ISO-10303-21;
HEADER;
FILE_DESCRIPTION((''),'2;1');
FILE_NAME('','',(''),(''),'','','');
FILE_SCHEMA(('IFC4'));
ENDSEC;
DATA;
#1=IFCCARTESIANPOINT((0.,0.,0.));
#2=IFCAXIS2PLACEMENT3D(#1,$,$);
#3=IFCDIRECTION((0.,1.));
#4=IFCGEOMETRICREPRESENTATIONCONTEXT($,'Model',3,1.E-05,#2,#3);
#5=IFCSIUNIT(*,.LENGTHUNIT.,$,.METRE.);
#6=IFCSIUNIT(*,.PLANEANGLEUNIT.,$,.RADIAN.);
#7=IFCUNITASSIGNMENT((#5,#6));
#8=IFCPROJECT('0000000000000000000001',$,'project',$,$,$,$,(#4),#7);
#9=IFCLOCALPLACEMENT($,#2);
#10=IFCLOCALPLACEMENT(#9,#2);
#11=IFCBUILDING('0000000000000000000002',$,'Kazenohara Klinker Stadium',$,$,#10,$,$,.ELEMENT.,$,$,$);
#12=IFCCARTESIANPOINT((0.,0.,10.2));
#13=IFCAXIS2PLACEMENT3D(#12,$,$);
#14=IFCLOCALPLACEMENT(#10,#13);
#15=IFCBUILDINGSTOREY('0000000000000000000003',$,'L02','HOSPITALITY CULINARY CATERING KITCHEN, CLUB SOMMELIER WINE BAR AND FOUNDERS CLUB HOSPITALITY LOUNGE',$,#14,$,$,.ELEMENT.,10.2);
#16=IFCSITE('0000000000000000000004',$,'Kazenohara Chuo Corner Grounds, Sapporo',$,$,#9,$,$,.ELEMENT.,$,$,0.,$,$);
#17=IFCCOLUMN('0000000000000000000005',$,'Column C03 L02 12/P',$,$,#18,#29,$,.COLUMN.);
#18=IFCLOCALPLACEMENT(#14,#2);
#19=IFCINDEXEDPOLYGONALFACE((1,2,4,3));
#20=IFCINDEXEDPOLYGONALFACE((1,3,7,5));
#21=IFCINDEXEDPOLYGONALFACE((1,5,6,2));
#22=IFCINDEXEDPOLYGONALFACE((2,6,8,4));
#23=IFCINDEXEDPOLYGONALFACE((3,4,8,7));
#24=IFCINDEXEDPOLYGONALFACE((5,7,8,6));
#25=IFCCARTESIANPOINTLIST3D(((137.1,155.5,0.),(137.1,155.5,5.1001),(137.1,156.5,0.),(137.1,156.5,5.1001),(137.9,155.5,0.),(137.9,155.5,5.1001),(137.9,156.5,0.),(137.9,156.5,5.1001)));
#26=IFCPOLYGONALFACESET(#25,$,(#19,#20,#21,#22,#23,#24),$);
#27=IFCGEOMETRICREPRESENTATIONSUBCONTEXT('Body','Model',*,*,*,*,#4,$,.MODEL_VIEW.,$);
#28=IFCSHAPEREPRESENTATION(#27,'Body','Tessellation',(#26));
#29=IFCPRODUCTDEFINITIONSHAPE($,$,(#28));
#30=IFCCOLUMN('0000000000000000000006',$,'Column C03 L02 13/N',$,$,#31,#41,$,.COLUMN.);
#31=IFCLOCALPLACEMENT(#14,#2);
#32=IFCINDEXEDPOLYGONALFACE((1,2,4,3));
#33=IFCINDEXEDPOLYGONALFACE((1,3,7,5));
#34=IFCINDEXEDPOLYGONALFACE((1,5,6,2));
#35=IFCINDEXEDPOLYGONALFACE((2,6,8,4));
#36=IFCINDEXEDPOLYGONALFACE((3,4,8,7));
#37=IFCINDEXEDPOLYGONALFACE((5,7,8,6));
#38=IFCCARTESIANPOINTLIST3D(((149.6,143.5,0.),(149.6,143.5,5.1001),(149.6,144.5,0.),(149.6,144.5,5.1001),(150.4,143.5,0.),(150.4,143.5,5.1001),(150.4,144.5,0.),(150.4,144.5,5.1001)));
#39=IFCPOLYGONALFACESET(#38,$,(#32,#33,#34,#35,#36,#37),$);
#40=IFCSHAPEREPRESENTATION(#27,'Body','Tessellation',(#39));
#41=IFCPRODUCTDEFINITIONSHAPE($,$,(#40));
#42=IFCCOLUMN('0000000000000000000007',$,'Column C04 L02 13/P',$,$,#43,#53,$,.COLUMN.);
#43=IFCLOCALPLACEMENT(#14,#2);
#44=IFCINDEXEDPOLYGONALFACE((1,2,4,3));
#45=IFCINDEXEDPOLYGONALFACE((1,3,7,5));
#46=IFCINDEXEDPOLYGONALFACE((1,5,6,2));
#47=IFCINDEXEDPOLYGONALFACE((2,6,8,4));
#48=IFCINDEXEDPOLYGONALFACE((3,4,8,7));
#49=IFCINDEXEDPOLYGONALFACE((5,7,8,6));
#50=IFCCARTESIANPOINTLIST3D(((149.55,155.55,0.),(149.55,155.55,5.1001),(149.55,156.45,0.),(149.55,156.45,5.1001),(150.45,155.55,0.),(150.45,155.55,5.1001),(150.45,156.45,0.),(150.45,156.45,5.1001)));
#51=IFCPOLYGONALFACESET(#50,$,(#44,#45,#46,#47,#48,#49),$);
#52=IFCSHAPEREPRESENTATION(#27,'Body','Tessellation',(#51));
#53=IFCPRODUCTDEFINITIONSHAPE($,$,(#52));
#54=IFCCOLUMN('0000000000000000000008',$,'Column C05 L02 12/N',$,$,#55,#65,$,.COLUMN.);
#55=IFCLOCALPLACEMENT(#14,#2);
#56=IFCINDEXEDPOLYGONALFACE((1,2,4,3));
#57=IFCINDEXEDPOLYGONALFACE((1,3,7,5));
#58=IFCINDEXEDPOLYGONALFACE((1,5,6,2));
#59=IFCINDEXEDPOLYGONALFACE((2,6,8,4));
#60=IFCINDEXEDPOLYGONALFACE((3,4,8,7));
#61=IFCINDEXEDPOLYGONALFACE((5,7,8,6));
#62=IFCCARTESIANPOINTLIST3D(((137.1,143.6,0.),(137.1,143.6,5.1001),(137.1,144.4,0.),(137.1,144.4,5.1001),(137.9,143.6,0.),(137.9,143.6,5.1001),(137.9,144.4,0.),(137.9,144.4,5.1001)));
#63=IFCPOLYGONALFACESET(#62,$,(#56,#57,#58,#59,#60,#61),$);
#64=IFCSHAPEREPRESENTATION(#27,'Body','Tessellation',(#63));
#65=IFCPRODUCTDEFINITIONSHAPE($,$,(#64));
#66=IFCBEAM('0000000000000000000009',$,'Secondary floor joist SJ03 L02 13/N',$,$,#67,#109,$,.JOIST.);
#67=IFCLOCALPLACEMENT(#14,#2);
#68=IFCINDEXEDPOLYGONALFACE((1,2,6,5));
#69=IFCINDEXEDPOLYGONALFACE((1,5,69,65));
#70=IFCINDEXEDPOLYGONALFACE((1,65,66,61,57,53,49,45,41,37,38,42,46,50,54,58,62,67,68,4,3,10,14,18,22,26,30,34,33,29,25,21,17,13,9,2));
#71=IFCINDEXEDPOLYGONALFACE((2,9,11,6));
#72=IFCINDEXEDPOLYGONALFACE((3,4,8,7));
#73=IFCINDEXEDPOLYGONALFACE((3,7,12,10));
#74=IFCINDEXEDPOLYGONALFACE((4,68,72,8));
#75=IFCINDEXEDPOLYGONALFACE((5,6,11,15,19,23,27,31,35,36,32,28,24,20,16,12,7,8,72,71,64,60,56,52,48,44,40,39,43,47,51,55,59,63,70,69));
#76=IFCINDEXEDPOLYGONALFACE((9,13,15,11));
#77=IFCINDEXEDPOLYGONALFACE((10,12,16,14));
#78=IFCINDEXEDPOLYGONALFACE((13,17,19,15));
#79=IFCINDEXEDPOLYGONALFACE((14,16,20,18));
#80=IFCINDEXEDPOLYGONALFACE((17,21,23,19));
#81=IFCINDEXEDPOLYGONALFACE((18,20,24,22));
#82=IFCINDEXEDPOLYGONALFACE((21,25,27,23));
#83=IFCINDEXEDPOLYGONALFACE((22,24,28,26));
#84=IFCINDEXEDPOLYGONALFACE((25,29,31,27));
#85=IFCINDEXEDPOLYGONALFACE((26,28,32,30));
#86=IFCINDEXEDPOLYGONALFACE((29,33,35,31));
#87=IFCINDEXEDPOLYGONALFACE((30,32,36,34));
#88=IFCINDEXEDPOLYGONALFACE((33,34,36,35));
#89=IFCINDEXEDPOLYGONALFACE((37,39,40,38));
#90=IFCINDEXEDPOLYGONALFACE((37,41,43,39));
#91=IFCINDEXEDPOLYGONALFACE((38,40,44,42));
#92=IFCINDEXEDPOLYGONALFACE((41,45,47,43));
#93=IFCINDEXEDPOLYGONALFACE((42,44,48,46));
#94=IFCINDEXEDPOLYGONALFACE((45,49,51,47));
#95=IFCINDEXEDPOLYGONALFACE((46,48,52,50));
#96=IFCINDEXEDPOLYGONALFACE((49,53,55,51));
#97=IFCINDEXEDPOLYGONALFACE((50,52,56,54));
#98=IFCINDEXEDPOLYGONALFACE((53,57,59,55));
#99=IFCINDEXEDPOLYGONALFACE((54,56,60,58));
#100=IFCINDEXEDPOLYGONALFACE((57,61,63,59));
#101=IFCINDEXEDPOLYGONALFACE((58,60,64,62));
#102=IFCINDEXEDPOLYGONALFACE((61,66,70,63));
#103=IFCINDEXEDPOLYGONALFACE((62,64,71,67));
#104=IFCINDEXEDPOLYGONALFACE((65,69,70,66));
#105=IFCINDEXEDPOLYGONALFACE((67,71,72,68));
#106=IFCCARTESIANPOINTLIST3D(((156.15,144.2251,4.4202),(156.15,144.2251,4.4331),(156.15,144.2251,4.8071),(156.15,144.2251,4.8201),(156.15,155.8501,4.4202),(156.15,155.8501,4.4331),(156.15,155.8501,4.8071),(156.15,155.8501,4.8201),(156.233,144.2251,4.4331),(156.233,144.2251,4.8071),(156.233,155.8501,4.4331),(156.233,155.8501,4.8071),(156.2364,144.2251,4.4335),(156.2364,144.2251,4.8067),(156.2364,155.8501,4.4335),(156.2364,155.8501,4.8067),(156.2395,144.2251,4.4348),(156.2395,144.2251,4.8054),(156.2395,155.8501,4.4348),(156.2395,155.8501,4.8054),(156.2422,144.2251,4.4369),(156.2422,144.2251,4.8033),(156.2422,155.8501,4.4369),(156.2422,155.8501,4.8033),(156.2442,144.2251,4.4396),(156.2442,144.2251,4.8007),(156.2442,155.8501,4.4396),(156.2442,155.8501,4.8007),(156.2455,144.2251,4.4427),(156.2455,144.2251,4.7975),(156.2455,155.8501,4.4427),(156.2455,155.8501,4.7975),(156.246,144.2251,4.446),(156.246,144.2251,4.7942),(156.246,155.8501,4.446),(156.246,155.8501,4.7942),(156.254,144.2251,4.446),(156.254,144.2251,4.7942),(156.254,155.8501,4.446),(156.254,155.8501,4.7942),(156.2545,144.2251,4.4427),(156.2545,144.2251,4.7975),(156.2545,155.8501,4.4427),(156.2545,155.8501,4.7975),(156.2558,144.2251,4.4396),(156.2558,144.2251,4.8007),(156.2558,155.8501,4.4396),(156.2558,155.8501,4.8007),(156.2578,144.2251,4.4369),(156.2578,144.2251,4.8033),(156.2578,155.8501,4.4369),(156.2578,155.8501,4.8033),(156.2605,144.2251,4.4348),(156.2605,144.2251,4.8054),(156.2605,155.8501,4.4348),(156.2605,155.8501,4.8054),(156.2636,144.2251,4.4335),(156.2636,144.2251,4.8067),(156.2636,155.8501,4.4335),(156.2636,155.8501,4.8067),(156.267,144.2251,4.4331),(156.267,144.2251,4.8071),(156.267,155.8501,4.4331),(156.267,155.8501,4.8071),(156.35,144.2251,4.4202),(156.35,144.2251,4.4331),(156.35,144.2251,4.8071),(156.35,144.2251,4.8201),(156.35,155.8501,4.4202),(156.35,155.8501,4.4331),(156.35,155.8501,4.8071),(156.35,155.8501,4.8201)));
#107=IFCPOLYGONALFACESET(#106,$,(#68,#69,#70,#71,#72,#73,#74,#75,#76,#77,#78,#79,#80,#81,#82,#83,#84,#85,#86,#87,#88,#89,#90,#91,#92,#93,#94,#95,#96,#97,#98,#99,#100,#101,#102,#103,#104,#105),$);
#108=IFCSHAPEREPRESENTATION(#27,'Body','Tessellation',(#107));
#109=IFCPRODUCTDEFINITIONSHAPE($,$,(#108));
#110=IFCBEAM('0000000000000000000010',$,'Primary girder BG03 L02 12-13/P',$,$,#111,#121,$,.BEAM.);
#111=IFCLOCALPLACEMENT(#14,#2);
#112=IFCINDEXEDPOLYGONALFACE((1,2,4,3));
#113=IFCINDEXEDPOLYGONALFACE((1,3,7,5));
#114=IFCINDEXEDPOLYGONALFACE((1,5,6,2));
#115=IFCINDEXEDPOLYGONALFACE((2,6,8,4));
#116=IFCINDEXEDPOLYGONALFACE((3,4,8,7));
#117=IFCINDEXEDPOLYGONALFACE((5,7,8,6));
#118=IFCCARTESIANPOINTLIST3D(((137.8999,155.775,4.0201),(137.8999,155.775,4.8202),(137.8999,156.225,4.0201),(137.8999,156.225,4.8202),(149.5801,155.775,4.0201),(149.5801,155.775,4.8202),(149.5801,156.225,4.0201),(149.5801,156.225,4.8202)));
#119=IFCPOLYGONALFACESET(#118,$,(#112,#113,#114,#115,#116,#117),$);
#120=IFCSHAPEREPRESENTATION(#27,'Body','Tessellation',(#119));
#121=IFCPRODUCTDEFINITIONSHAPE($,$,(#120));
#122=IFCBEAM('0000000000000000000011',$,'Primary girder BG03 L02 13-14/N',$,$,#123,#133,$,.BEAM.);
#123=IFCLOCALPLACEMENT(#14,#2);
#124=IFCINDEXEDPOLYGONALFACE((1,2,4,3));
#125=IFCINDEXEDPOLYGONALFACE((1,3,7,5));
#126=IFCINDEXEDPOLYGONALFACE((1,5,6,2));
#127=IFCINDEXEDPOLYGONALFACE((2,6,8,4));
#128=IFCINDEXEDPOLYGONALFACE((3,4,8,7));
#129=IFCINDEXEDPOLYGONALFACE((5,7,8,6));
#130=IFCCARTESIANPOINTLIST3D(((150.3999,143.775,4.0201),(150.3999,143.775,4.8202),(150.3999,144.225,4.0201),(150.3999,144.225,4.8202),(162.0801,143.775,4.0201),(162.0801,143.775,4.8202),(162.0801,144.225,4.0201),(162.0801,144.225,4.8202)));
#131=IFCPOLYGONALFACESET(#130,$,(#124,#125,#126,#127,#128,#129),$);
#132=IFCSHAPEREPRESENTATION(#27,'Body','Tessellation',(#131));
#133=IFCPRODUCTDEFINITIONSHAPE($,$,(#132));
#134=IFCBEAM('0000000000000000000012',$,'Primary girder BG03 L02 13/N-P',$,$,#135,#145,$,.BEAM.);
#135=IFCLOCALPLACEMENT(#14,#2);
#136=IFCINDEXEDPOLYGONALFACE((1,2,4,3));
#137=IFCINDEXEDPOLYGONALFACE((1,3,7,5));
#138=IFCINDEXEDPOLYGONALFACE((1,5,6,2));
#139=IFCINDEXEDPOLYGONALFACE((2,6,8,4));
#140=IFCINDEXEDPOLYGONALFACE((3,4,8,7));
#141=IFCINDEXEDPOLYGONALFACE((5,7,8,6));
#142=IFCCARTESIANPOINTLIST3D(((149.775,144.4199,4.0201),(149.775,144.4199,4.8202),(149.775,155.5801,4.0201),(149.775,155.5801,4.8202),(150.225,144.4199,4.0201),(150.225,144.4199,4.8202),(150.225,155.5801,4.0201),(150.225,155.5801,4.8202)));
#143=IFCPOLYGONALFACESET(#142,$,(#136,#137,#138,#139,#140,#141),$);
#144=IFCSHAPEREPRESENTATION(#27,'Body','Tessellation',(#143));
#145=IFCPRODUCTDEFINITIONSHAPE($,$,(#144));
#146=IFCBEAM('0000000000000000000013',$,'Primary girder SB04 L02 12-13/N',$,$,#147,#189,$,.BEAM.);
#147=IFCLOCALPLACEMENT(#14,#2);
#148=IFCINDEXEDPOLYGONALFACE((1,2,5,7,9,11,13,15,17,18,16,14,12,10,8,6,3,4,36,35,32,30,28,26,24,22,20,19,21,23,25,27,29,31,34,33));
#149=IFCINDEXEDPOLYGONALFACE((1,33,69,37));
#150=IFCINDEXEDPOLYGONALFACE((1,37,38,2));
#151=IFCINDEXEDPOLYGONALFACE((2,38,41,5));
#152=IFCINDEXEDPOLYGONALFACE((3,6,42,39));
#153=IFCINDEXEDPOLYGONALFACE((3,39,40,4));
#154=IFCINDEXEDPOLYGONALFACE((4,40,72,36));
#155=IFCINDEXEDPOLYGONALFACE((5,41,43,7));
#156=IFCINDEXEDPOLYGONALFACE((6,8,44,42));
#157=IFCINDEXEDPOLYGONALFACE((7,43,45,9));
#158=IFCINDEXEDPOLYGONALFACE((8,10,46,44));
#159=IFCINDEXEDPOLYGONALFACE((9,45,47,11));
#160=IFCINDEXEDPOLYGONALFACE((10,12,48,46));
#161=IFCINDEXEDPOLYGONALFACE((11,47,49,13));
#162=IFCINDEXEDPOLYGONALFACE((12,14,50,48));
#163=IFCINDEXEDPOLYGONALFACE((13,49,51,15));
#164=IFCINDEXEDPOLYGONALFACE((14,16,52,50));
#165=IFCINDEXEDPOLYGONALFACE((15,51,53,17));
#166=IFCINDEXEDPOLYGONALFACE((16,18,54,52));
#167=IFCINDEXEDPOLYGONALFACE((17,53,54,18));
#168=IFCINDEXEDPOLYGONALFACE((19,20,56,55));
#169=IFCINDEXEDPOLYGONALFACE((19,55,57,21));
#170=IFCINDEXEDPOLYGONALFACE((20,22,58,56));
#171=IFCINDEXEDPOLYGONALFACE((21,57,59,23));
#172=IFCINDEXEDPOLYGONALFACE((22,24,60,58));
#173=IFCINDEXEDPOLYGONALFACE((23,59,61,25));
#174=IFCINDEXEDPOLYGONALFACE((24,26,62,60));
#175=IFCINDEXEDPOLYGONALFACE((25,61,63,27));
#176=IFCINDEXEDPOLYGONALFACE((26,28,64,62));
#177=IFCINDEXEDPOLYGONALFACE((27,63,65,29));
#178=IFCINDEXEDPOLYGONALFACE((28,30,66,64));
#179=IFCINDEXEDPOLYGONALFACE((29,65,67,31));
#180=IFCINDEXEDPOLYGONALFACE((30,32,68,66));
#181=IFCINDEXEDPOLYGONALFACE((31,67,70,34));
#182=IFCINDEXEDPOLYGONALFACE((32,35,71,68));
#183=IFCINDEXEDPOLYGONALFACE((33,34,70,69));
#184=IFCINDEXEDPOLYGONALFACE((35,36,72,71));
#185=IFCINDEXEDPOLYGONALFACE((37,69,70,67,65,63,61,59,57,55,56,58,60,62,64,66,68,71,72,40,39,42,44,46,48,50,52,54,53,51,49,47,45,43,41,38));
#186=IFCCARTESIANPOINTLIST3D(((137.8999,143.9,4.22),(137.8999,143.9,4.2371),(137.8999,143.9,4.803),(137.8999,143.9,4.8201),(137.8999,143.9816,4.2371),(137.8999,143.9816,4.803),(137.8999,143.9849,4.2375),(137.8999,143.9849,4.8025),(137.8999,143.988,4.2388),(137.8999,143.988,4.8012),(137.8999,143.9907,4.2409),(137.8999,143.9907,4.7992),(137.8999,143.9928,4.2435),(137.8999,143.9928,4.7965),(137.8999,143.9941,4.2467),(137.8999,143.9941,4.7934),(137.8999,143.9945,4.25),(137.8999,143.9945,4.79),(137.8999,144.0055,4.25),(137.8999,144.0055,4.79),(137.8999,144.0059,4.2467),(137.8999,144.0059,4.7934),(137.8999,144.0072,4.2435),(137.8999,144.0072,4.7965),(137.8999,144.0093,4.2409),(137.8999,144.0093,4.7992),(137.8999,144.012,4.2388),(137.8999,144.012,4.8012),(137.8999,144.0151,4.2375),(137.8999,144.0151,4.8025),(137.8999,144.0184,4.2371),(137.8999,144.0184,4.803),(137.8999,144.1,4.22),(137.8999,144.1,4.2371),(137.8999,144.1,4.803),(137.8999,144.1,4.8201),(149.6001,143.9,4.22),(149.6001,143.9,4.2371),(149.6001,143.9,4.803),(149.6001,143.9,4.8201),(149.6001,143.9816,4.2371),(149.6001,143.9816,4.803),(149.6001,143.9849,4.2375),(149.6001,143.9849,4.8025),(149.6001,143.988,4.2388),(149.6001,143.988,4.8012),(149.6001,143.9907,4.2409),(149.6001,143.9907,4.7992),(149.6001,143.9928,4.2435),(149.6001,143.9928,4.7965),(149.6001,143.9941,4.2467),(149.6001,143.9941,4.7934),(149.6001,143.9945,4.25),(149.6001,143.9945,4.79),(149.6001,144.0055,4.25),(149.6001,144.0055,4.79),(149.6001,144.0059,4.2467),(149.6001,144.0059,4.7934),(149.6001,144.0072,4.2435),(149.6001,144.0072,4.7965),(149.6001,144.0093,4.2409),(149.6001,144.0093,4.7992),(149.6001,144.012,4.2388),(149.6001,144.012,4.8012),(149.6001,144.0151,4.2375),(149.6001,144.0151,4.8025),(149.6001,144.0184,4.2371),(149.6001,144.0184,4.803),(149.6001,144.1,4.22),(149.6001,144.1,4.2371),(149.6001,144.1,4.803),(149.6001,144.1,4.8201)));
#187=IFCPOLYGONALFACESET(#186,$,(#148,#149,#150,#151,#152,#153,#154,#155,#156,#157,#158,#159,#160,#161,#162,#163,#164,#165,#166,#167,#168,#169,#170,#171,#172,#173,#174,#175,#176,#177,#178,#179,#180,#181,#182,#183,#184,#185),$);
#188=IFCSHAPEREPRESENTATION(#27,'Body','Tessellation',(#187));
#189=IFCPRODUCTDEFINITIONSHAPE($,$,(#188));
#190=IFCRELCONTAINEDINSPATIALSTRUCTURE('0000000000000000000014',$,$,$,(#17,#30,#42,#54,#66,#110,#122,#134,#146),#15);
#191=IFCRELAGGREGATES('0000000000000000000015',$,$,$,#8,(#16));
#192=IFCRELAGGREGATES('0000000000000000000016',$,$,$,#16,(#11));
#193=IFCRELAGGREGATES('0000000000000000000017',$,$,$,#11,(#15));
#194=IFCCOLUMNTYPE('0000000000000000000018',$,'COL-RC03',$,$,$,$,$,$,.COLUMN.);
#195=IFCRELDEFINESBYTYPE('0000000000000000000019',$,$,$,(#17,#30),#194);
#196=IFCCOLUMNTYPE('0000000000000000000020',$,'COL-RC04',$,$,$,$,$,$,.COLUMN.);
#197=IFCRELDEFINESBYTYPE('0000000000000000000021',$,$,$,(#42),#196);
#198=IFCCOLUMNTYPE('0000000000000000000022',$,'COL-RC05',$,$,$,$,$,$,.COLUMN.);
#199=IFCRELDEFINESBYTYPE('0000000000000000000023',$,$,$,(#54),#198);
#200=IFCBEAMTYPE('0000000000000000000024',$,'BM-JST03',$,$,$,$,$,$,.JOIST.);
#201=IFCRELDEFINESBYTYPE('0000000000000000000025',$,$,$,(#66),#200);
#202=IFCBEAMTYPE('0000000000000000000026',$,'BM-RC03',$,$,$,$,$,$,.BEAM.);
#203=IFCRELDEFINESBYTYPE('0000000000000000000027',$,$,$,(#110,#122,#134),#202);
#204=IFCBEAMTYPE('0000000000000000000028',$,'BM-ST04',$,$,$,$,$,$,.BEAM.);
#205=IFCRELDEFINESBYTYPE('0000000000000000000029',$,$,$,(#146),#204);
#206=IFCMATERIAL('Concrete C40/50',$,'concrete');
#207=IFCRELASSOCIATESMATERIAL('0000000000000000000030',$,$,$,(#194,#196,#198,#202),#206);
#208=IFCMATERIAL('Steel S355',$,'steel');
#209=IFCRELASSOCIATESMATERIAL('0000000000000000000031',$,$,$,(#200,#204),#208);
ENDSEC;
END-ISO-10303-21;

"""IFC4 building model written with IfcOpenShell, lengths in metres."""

from ifc_helpers import new_model, si_unit, direction, frame, origin, origin_2d, place, context, subcontext, project, spatial, rectangle, i_section, extrude, material, material_profile, profile_set, type_object, element, save


model = new_model("IFC4")

# Units and contexts
model_context = context("Model", 3, precision=1e-05, world=origin(), true_north=direction((0.0, 1.0)))
body_context = subcontext(model_context, "Body", "Model", "MODEL_VIEW")
ifc_project = project(units=[si_unit("LENGTHUNIT", "METRE"), si_unit("PLANEANGLEUNIT", "RADIAN")], contexts=[model_context])

# Site, building, storey
site_placement = place(None, origin())
site = spatial("IfcSite", under=ifc_project, at=site_placement, Name="Kazenohara Chuo Corner Grounds, Sapporo", CompositionType="ELEMENT", RefElevation=0.0)
building_placement = place(site_placement, origin())
building = spatial("IfcBuilding", under=site, at=building_placement, Name="Kazenohara Klinker Stadium", CompositionType="ELEMENT")
storey_placement = place(building_placement, frame((0.0, 0.0, 10.2)))
storey = spatial("IfcBuildingStorey", under=building, at=storey_placement, Name="L02", Description="HOSPITALITY CULINARY CATERING KITCHEN, CLUB SOMMELIER WINE BAR AND FOUNDERS CLUB HOSPITALITY LOUNGE", CompositionType="ELEMENT", Elevation=10.2)

# Columns
ifc_material_1 = material(Name="Concrete C40/50", Category="concrete")
ifc_material_profile_1 = material_profile(ifc_material_1, rectangle(XDim=0.8, YDim=1.0, at=origin_2d()), Name="RC-COL-1000x800")
ifc_profile_set_1 = profile_set([ifc_material_profile_1], Name="Concrete C40/50")
column_type_1 = type_object("IfcColumnType", Name="COL-RC03", PredefinedType="COLUMN", material=ifc_profile_set_1)
for number, where, z_axis, x_axis, name in (
    (1, (137.5, 156.0, 0.0), (0.0, 0.0, 1.0), (1.0, 0.0, 0.0), "Column C03 L02 12/P"),
    (2, (150.0, 144.0, 0.0), (0.0, 0.0, 1.0), (1.0, 0.0, 0.0), "Column C03 L02 13/N"),
):
    element("IfcColumn", number, at=place(storey_placement, frame(where, z_axis=z_axis, x_axis=x_axis)), inside=storey, type_object=column_type_1, Name=name, PredefinedType="COLUMN", context=body_context, shape_type="SweptSolid", body=[
        extrude(rectangle(XDim=0.8, YDim=1.0, at=origin_2d()), origin(), (0.0, 0.0, 1.0), 5.1001),
    ])
ifc_material_profile_2 = material_profile(ifc_material_1, rectangle(XDim=0.8999, YDim=0.8999, at=origin_2d()), Name="RC-COL-900x900")
ifc_profile_set_2 = profile_set([ifc_material_profile_2], Name="Concrete C40/50")
column_type_2 = type_object("IfcColumnType", Name="COL-RC04", PredefinedType="COLUMN", material=ifc_profile_set_2)
column_1_placement = place(storey_placement, frame((150.0, 156.0, 0.0), z_axis=(0.0, 0.0, 1.0), x_axis=(1.0, 0.0, 0.0)))
element("IfcColumn", 3, at=column_1_placement, inside=storey, type_object=column_type_2, Name="Column C04 L02 13/P", PredefinedType="COLUMN", context=body_context, shape_type="SweptSolid", body=[
    extrude(rectangle(XDim=0.8999, YDim=0.8999, at=origin_2d()), origin(), (0.0, 0.0, 1.0), 5.1001),
])
ifc_material_profile_3 = material_profile(ifc_material_1, rectangle(XDim=0.8, YDim=0.8, at=origin_2d()), Name="RC-COL-800x800")
ifc_profile_set_3 = profile_set([ifc_material_profile_3], Name="Concrete C40/50")
column_type_3 = type_object("IfcColumnType", Name="COL-RC05", PredefinedType="COLUMN", material=ifc_profile_set_3)
column_2_placement = place(storey_placement, frame((137.5, 144.0, 0.0), z_axis=(0.0, 0.0, 1.0), x_axis=(1.0, 0.0, 0.0)))
element("IfcColumn", 4, at=column_2_placement, inside=storey, type_object=column_type_3, Name="Column C05 L02 12/N", PredefinedType="COLUMN", context=body_context, shape_type="SweptSolid", body=[
    extrude(rectangle(XDim=0.8, YDim=0.8, at=origin_2d()), origin(), (0.0, 0.0, 1.0), 5.1001),
])

# Beams
ifc_material_2 = material(Name="Steel S355", Category="steel")
ifc_material_profile_4 = material_profile(ifc_material_2, i_section(OverallWidth=0.2, OverallDepth=0.3999, WebThickness=0.0081, FlangeThickness=0.0129, FilletRadius=0.0129, at=origin_2d()), Name="H-400x200x8x13")
ifc_profile_set_4 = profile_set([ifc_material_profile_4], Name="Steel S355")
beam_type_1 = type_object("IfcBeamType", Name="BM-JST03", PredefinedType="JOIST", material=ifc_profile_set_4)
beam_1_placement = place(storey_placement, frame((156.25, 144.2251, 4.6201), z_axis=(0.0, 1.0, 0.0), x_axis=(-1.0, 0.0, 0.0)))
element("IfcBeam", 5, at=beam_1_placement, inside=storey, type_object=beam_type_1, Name="Secondary floor joist SJ03 L02 13/N", PredefinedType="JOIST", context=body_context, shape_type="SweptSolid", body=[
    extrude(i_section(OverallWidth=0.2, OverallDepth=0.3999, WebThickness=0.0081, FlangeThickness=0.0129, FilletRadius=0.0129, at=origin_2d()), origin(), (0.0, 0.0, 1.0), 11.625),
])
ifc_material_profile_5 = material_profile(ifc_material_1, rectangle(XDim=0.45, YDim=0.8, at=origin_2d()), Name="RC-BM-450x800")
ifc_profile_set_5 = profile_set([ifc_material_profile_5], Name="Concrete C40/50")
beam_type_2 = type_object("IfcBeamType", Name="BM-RC03", PredefinedType="BEAM", material=ifc_profile_set_5)
for number, where, z_axis, x_axis, name in (
    (6, (137.8999, 156.0, 4.4202), (1.0, 0.0, 0.0), (0.0, 1.0, 0.0), "Primary girder BG03 L02 12-13/P"),
    (7, (150.3999, 144.0, 4.4202), (1.0, 0.0, 0.0), (0.0, 1.0, 0.0), "Primary girder BG03 L02 13-14/N"),
):
    element("IfcBeam", number, at=place(storey_placement, frame(where, z_axis=z_axis, x_axis=x_axis)), inside=storey, type_object=beam_type_2, Name=name, PredefinedType="BEAM", context=body_context, shape_type="SweptSolid", body=[
        extrude(rectangle(XDim=0.45, YDim=0.8, at=origin_2d()), origin(), (0.0, 0.0, 1.0), 11.6802),
    ])
beam_2_placement = place(storey_placement, frame((150.0, 144.4199, 4.4202), z_axis=(0.0, 1.0, 0.0), x_axis=(-1.0, 0.0, 0.0)))
element("IfcBeam", 8, at=beam_2_placement, inside=storey, type_object=beam_type_2, Name="Primary girder BG03 L02 13/N-P", PredefinedType="BEAM", context=body_context, shape_type="SweptSolid", body=[
    extrude(rectangle(XDim=0.45, YDim=0.8, at=origin_2d()), origin(), (0.0, 0.0, 1.0), 11.1602),
])
ifc_material_profile_6 = material_profile(ifc_material_2, i_section(OverallWidth=0.2, OverallDepth=0.6001, WebThickness=0.011, FlangeThickness=0.0171, FilletRadius=0.0129, at=origin_2d()), Name="H-600x200x11x17")
ifc_profile_set_6 = profile_set([ifc_material_profile_6], Name="Steel S355")
beam_type_3 = type_object("IfcBeamType", Name="BM-ST04", PredefinedType="BEAM", material=ifc_profile_set_6)
beam_3_placement = place(storey_placement, frame((137.8999, 144.0, 4.52), z_axis=(1.0, 0.0, 0.0), x_axis=(0.0, 1.0, 0.0)))
element("IfcBeam", 9, at=beam_3_placement, inside=storey, type_object=beam_type_3, Name="Primary girder SB04 L02 12-13/N", PredefinedType="BEAM", context=body_context, shape_type="SweptSolid", body=[
    extrude(i_section(OverallWidth=0.2, OverallDepth=0.6001, WebThickness=0.011, FlangeThickness=0.0171, FilletRadius=0.0129, at=origin_2d()), origin(), (0.0, 0.0, 1.0), 11.7002),
])

save(model, "model.ifc")
